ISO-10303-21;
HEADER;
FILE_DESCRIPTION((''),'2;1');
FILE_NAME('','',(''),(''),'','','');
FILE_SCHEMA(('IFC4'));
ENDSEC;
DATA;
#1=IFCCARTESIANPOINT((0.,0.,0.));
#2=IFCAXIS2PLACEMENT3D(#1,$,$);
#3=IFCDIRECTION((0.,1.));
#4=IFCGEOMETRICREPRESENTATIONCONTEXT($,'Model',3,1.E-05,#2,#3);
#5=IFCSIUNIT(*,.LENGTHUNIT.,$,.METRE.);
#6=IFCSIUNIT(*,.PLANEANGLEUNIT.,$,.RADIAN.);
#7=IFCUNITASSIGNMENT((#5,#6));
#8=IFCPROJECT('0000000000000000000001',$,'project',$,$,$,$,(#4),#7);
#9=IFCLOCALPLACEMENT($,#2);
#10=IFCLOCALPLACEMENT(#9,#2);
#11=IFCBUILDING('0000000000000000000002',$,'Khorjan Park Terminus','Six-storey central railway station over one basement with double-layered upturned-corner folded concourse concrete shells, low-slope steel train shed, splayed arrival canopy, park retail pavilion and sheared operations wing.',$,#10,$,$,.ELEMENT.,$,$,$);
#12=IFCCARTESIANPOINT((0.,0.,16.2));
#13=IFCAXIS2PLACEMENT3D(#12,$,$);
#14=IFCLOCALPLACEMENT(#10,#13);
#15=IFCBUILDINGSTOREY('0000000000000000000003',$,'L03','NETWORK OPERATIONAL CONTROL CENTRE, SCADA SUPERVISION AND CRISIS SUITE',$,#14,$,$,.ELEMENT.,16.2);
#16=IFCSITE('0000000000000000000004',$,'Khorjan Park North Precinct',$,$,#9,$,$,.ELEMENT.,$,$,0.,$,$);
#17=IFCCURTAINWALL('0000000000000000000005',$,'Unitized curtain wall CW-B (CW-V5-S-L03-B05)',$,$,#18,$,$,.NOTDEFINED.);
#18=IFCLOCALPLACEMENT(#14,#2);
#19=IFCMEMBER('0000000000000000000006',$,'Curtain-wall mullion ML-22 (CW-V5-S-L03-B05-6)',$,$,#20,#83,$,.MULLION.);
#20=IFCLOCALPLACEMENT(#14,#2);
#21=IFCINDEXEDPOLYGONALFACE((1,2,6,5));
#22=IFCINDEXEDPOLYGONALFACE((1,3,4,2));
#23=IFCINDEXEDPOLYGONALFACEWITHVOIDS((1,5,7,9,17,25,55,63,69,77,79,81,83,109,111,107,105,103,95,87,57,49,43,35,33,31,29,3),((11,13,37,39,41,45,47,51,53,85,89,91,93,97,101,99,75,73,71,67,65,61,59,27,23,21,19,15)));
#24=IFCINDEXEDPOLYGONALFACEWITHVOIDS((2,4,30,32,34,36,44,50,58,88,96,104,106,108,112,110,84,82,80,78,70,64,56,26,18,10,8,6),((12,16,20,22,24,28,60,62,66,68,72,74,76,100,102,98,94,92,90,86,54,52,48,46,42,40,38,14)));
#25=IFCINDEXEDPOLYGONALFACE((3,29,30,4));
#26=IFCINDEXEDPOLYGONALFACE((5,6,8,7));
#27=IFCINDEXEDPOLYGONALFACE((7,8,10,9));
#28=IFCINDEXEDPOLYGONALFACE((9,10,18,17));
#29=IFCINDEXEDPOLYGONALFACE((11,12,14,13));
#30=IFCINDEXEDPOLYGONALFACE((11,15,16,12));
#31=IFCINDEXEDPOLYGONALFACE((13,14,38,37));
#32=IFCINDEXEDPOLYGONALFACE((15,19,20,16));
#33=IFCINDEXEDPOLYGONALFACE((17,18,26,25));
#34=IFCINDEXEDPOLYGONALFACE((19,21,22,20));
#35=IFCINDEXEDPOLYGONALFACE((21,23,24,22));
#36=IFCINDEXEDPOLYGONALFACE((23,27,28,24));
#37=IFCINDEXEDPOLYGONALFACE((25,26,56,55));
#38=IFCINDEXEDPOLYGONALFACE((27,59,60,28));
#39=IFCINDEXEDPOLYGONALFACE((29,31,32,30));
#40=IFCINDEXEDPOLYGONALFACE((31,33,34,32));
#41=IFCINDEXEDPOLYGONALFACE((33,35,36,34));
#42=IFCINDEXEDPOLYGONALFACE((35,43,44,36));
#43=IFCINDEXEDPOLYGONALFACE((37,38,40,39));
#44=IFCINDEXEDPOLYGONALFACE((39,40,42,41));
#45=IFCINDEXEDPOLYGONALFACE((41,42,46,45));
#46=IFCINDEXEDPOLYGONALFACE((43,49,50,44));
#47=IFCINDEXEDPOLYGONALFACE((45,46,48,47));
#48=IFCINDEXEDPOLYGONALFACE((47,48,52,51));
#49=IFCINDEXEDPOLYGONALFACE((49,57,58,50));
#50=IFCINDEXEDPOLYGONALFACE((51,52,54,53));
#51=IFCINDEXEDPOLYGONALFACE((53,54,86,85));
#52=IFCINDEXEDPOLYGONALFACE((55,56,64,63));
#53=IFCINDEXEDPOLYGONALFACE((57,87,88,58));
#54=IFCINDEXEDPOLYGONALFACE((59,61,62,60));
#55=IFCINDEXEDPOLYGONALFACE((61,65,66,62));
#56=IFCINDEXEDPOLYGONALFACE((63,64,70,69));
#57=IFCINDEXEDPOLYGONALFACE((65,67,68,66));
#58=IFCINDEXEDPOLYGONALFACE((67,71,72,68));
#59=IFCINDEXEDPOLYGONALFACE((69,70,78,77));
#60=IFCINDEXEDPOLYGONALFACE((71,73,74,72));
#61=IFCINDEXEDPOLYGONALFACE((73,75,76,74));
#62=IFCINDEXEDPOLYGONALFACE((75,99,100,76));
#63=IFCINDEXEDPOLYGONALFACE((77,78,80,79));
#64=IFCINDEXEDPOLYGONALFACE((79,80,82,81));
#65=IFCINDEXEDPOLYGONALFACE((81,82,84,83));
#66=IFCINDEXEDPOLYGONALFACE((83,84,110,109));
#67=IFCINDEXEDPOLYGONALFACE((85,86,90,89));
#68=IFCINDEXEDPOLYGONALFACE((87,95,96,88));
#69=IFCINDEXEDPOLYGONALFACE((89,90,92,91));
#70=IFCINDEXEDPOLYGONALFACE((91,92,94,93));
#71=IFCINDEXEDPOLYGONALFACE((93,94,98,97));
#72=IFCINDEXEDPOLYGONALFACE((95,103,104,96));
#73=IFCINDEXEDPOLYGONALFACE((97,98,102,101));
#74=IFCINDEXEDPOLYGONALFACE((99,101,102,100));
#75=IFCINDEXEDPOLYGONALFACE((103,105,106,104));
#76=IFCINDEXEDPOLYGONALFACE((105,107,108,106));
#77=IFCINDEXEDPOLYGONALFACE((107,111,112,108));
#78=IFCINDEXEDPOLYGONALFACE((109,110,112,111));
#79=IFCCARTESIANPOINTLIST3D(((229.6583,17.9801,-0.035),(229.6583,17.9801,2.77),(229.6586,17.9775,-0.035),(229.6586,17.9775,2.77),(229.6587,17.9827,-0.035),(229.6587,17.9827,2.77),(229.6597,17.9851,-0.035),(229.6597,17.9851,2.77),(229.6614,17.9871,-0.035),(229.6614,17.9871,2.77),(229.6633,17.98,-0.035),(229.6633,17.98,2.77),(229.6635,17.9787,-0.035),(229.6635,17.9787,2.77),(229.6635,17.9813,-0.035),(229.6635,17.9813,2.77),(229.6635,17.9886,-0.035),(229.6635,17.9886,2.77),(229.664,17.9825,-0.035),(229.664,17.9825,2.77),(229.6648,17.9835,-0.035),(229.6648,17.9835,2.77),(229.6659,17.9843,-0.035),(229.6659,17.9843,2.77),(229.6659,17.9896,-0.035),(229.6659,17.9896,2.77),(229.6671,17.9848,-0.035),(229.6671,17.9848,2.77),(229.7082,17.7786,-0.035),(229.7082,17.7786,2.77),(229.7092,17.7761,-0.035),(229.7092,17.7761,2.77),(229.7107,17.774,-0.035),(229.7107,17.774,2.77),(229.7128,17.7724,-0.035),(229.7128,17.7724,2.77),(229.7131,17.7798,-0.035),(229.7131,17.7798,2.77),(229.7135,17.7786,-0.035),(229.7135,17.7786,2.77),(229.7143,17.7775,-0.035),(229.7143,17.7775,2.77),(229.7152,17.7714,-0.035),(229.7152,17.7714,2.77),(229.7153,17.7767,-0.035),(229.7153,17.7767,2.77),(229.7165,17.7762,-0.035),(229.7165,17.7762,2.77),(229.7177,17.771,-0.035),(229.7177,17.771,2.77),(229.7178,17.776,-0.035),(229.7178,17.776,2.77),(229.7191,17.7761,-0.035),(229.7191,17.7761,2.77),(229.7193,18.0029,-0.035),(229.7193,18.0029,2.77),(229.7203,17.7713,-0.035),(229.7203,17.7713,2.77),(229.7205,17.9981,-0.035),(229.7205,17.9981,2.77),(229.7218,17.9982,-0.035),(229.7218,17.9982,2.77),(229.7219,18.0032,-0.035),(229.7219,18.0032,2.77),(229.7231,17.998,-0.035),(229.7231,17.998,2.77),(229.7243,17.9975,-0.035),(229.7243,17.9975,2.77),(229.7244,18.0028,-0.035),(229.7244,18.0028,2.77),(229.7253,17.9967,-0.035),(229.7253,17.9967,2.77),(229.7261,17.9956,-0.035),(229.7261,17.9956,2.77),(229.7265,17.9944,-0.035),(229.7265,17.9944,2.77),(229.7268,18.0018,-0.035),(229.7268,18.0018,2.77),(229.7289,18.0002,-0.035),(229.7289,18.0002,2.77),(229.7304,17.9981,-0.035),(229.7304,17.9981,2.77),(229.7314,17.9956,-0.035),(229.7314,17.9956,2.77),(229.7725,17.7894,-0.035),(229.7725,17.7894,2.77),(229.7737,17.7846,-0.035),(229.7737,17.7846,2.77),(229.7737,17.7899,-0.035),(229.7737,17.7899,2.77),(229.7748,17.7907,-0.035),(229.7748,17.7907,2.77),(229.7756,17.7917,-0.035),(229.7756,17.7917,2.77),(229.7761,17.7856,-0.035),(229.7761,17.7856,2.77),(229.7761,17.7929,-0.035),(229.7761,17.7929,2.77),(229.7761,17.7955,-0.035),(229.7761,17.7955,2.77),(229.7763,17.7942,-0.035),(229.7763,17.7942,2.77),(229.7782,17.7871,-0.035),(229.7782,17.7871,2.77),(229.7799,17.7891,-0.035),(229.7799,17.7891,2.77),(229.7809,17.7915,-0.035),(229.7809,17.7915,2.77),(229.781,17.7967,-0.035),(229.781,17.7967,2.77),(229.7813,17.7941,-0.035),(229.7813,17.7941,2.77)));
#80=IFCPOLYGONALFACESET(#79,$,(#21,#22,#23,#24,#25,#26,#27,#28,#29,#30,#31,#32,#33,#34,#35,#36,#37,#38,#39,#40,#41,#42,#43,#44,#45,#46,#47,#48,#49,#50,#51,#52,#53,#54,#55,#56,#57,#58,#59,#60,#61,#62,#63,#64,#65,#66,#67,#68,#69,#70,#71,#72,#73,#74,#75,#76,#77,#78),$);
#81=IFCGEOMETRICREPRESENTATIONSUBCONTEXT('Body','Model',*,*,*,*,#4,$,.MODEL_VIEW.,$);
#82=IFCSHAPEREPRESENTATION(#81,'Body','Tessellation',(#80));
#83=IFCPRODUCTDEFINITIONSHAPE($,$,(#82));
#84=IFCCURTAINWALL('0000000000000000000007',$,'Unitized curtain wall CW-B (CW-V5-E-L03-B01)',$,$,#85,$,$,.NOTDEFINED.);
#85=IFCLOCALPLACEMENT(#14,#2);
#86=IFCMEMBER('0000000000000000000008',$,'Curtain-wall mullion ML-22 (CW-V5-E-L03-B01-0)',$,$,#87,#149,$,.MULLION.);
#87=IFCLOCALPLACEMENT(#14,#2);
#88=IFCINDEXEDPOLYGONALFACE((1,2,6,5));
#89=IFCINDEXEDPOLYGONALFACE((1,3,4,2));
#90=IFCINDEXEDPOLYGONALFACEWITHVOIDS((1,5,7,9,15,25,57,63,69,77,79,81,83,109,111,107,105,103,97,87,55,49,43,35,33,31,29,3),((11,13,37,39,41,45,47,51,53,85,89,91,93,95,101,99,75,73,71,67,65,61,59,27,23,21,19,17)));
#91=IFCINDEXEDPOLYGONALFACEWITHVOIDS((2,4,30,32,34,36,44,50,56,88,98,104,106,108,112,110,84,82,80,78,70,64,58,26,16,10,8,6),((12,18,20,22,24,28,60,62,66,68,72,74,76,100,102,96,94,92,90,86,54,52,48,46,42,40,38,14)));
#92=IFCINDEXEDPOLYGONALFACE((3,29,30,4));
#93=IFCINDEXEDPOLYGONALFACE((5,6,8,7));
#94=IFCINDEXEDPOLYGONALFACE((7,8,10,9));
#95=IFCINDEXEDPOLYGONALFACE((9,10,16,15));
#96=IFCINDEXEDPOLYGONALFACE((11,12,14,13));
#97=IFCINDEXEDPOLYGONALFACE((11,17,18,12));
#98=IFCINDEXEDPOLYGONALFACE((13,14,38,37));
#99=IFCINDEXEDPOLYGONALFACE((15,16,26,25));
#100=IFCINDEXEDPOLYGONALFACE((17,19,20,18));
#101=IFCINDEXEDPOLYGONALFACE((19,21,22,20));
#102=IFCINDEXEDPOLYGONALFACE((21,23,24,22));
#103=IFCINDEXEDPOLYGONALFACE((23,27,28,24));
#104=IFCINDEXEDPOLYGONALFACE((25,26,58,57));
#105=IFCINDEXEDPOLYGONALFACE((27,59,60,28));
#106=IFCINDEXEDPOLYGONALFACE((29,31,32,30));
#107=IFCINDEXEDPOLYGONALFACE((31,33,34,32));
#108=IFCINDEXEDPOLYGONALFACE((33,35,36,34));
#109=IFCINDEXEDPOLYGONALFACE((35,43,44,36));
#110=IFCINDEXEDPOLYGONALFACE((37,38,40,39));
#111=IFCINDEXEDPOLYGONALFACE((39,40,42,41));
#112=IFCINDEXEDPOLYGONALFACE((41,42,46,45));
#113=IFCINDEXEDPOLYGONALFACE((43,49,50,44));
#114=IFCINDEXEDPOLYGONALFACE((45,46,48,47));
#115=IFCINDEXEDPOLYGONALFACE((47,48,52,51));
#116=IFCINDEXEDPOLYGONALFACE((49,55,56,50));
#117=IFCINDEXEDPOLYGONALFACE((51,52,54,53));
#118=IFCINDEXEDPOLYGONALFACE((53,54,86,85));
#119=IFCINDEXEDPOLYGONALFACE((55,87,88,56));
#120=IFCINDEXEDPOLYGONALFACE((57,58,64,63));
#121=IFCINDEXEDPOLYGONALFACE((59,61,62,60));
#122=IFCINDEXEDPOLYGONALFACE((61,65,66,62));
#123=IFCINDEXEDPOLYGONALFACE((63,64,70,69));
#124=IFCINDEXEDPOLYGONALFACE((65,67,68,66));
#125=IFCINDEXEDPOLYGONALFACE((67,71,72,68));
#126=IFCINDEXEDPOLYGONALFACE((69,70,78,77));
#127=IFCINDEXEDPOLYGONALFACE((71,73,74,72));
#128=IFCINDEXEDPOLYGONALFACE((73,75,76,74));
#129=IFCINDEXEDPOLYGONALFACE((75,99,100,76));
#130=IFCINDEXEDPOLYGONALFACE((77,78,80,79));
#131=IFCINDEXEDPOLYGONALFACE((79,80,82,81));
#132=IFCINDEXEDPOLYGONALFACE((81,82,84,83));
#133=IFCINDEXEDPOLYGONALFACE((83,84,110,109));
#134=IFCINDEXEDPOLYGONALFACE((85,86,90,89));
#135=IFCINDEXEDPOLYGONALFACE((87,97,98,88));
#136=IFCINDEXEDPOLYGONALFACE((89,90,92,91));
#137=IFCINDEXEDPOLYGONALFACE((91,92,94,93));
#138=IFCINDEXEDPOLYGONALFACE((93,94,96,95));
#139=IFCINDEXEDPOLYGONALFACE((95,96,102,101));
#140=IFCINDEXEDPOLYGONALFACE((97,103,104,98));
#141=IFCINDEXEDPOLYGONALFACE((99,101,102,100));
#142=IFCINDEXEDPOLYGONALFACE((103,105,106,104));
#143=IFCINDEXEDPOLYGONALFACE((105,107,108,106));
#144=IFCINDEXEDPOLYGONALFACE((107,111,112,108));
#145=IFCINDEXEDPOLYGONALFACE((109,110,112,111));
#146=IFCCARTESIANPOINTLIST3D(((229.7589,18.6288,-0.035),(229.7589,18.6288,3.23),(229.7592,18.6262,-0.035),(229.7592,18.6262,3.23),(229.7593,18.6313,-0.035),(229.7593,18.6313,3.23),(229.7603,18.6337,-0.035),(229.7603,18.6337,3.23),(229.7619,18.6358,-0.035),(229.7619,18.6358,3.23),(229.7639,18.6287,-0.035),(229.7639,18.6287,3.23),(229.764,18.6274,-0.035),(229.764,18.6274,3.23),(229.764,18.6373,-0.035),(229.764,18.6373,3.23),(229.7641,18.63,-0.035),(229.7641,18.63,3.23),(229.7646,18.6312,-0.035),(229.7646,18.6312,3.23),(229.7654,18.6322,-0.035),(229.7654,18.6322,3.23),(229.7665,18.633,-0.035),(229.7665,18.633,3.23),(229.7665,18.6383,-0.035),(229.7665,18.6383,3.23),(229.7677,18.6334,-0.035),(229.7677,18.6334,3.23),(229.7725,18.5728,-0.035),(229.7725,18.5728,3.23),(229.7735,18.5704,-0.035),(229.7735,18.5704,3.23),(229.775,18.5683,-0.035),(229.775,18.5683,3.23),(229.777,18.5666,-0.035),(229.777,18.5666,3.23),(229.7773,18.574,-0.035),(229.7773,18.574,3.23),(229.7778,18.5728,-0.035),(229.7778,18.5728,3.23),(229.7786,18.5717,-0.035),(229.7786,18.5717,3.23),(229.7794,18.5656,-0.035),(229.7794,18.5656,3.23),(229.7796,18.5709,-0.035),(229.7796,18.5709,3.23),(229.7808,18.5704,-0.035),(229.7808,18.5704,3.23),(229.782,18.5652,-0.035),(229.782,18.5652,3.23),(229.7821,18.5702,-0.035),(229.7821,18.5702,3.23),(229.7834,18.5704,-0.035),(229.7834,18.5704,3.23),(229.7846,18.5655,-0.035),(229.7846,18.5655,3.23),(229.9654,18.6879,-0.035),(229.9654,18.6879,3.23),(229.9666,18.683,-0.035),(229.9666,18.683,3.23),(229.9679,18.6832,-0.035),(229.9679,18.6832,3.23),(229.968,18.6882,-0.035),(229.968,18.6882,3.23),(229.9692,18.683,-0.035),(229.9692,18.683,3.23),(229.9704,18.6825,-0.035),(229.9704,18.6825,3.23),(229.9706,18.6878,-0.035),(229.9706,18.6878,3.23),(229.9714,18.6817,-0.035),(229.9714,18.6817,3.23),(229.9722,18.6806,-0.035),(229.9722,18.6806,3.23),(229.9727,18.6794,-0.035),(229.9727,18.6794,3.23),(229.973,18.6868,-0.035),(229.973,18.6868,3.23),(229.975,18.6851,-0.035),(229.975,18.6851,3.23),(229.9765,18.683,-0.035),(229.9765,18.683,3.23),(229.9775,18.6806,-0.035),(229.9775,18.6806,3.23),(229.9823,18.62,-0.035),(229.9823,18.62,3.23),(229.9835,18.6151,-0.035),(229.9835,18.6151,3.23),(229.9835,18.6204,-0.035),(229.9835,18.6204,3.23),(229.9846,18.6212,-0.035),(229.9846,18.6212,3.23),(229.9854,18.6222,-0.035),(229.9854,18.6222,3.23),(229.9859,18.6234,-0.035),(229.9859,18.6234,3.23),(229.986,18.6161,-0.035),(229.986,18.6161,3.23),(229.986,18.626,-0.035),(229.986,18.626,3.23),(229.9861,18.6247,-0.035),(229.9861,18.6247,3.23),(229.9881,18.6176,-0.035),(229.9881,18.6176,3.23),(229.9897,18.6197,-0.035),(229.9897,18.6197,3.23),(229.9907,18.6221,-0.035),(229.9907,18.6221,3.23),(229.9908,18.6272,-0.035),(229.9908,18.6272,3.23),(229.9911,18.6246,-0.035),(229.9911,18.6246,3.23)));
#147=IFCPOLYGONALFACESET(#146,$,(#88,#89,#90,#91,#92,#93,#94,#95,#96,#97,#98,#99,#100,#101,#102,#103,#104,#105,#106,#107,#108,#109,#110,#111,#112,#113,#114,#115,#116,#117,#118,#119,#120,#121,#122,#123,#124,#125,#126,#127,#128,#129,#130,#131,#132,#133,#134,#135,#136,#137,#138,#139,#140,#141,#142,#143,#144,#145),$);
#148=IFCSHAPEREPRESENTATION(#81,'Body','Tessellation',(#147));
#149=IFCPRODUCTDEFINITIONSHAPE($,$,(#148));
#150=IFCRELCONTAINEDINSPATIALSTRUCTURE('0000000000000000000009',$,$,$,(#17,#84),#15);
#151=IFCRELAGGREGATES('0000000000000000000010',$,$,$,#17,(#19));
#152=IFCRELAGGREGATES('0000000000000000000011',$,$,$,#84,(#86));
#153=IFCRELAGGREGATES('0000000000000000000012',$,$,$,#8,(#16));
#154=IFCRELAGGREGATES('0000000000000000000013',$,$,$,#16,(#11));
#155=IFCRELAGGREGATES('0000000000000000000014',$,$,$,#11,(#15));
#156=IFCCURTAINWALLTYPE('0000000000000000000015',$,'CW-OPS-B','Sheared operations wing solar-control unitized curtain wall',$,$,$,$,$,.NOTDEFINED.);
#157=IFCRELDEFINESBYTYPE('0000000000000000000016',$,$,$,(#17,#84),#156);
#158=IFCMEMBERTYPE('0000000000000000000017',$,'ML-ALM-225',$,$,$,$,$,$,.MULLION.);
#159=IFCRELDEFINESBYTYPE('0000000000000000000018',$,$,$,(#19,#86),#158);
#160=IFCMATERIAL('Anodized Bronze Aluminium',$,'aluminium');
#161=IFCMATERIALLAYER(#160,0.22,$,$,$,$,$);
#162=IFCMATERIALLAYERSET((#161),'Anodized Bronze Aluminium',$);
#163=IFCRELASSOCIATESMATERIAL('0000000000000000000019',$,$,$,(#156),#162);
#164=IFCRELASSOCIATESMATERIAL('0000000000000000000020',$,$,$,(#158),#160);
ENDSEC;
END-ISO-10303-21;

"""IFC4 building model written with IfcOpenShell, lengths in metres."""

from ifc_helpers import new_model, si_unit, direction, frame, origin, origin_2d, place, context, subcontext, project, spatial, hollow_rectangle, extrude, material, layer, layer_set, material_profile, profile_set, type_object, element, aggregate, save


model = new_model("IFC4")

# Units and contexts
model_context = context("Model", 3, precision=1e-05, world=origin(), true_north=direction((0.0, 1.0)))
body_context = subcontext(model_context, "Body", "Model", "MODEL_VIEW")
ifc_project = project(units=[si_unit("LENGTHUNIT", "METRE"), si_unit("PLANEANGLEUNIT", "RADIAN")], contexts=[model_context])

# Site, building, storey
site_placement = place(None, origin())
site = spatial("IfcSite", under=ifc_project, at=site_placement, Name="Khorjan Park North Precinct", CompositionType="ELEMENT", RefElevation=0.0)
building_placement = place(site_placement, origin())
building = spatial("IfcBuilding", under=site, at=building_placement, Name="Khorjan Park Terminus", Description="Six-storey central railway station over one basement with double-layered upturned-corner folded concourse concrete shells, low-slope steel train shed, splayed arrival canopy, park retail pavilion and sheared operations wing.", CompositionType="ELEMENT")
storey_placement = place(building_placement, frame((0.0, 0.0, 16.2)))
storey = spatial("IfcBuildingStorey", under=building, at=storey_placement, Name="L03", Description="NETWORK OPERATIONAL CONTROL CENTRE, SCADA SUPERVISION AND CRISIS SUITE", CompositionType="ELEMENT", Elevation=16.2)

# Curtain walls, members
ifc_material_1 = material(Name="Anodized Bronze Aluminium", Category="aluminium")
ifc_layer_1 = layer(ifc_material_1, 0.22)
ifc_layer_set_1 = layer_set([ifc_layer_1], Name="Anodized Bronze Aluminium")
curtain_wall_type = type_object("IfcCurtainWallType", Name="CW-OPS-B", Description="Sheared operations wing solar-control unitized curtain wall", PredefinedType="NOTDEFINED", material=ifc_layer_set_1)
curtain_wall_1_placement = place(storey_placement, origin())
curtain_wall_1 = element("IfcCurtainWall", 1, at=curtain_wall_1_placement, inside=storey, type_object=curtain_wall_type, Name="Unitized curtain wall CW-B (CW-V5-S-L03-B05)", PredefinedType="NOTDEFINED")
ifc_material_profile_1 = material_profile(ifc_material_1, hollow_rectangle(XDim=0.075, YDim=0.225, WallThickness=0.005, InnerFilletRadius=0.005, OuterFilletRadius=0.01, at=origin_2d()), Name="ALM 75x225x5")
ifc_profile_set_1 = profile_set([ifc_material_profile_1], Name="Anodized Bronze Aluminium")
member_type_1 = type_object("IfcMemberType", Name="ML-ALM-225", PredefinedType="MULLION", material=ifc_profile_set_1)
member_1_placement = place(storey_placement, frame((229.7198, 17.8871, -0.035), z_axis=(0.0, 0.0, 1.0), x_axis=(0.970296, 0.241919, 0.0)))
member_1 = element("IfcMember", 2, at=member_1_placement, type_object=member_type_1, Name="Curtain-wall mullion ML-22 (CW-V5-S-L03-B05-6)", PredefinedType="MULLION", context=body_context, shape_type="SweptSolid", body=[
    extrude(hollow_rectangle(XDim=0.075, YDim=0.225, WallThickness=0.005, InnerFilletRadius=0.005, OuterFilletRadius=0.01, at=origin_2d()), origin(), (0.0, 0.0, 1.0), 2.805),
])
curtain_wall_2_placement = place(storey_placement, origin())
curtain_wall_2 = element("IfcCurtainWall", 3, at=curtain_wall_2_placement, inside=storey, type_object=curtain_wall_type, Name="Unitized curtain wall CW-B (CW-V5-E-L03-B01)", PredefinedType="NOTDEFINED")
member_2_placement = place(storey_placement, frame((229.875, 18.6267, -0.035), z_axis=(0.0, 0.0, 1.0), x_axis=(-0.24192, 0.970296, 0.0)))
member_2 = element("IfcMember", 4, at=member_2_placement, type_object=member_type_1, Name="Curtain-wall mullion ML-22 (CW-V5-E-L03-B01-0)", PredefinedType="MULLION", context=body_context, shape_type="SweptSolid", body=[
    extrude(hollow_rectangle(XDim=0.075, YDim=0.225, WallThickness=0.005, InnerFilletRadius=0.005, OuterFilletRadius=0.01, at=origin_2d()), origin(), (0.0, 0.0, 1.0), 3.265),
])

aggregate(curtain_wall_1, [member_1])
aggregate(curtain_wall_2, [member_2])

save(model, "model.ifc")
